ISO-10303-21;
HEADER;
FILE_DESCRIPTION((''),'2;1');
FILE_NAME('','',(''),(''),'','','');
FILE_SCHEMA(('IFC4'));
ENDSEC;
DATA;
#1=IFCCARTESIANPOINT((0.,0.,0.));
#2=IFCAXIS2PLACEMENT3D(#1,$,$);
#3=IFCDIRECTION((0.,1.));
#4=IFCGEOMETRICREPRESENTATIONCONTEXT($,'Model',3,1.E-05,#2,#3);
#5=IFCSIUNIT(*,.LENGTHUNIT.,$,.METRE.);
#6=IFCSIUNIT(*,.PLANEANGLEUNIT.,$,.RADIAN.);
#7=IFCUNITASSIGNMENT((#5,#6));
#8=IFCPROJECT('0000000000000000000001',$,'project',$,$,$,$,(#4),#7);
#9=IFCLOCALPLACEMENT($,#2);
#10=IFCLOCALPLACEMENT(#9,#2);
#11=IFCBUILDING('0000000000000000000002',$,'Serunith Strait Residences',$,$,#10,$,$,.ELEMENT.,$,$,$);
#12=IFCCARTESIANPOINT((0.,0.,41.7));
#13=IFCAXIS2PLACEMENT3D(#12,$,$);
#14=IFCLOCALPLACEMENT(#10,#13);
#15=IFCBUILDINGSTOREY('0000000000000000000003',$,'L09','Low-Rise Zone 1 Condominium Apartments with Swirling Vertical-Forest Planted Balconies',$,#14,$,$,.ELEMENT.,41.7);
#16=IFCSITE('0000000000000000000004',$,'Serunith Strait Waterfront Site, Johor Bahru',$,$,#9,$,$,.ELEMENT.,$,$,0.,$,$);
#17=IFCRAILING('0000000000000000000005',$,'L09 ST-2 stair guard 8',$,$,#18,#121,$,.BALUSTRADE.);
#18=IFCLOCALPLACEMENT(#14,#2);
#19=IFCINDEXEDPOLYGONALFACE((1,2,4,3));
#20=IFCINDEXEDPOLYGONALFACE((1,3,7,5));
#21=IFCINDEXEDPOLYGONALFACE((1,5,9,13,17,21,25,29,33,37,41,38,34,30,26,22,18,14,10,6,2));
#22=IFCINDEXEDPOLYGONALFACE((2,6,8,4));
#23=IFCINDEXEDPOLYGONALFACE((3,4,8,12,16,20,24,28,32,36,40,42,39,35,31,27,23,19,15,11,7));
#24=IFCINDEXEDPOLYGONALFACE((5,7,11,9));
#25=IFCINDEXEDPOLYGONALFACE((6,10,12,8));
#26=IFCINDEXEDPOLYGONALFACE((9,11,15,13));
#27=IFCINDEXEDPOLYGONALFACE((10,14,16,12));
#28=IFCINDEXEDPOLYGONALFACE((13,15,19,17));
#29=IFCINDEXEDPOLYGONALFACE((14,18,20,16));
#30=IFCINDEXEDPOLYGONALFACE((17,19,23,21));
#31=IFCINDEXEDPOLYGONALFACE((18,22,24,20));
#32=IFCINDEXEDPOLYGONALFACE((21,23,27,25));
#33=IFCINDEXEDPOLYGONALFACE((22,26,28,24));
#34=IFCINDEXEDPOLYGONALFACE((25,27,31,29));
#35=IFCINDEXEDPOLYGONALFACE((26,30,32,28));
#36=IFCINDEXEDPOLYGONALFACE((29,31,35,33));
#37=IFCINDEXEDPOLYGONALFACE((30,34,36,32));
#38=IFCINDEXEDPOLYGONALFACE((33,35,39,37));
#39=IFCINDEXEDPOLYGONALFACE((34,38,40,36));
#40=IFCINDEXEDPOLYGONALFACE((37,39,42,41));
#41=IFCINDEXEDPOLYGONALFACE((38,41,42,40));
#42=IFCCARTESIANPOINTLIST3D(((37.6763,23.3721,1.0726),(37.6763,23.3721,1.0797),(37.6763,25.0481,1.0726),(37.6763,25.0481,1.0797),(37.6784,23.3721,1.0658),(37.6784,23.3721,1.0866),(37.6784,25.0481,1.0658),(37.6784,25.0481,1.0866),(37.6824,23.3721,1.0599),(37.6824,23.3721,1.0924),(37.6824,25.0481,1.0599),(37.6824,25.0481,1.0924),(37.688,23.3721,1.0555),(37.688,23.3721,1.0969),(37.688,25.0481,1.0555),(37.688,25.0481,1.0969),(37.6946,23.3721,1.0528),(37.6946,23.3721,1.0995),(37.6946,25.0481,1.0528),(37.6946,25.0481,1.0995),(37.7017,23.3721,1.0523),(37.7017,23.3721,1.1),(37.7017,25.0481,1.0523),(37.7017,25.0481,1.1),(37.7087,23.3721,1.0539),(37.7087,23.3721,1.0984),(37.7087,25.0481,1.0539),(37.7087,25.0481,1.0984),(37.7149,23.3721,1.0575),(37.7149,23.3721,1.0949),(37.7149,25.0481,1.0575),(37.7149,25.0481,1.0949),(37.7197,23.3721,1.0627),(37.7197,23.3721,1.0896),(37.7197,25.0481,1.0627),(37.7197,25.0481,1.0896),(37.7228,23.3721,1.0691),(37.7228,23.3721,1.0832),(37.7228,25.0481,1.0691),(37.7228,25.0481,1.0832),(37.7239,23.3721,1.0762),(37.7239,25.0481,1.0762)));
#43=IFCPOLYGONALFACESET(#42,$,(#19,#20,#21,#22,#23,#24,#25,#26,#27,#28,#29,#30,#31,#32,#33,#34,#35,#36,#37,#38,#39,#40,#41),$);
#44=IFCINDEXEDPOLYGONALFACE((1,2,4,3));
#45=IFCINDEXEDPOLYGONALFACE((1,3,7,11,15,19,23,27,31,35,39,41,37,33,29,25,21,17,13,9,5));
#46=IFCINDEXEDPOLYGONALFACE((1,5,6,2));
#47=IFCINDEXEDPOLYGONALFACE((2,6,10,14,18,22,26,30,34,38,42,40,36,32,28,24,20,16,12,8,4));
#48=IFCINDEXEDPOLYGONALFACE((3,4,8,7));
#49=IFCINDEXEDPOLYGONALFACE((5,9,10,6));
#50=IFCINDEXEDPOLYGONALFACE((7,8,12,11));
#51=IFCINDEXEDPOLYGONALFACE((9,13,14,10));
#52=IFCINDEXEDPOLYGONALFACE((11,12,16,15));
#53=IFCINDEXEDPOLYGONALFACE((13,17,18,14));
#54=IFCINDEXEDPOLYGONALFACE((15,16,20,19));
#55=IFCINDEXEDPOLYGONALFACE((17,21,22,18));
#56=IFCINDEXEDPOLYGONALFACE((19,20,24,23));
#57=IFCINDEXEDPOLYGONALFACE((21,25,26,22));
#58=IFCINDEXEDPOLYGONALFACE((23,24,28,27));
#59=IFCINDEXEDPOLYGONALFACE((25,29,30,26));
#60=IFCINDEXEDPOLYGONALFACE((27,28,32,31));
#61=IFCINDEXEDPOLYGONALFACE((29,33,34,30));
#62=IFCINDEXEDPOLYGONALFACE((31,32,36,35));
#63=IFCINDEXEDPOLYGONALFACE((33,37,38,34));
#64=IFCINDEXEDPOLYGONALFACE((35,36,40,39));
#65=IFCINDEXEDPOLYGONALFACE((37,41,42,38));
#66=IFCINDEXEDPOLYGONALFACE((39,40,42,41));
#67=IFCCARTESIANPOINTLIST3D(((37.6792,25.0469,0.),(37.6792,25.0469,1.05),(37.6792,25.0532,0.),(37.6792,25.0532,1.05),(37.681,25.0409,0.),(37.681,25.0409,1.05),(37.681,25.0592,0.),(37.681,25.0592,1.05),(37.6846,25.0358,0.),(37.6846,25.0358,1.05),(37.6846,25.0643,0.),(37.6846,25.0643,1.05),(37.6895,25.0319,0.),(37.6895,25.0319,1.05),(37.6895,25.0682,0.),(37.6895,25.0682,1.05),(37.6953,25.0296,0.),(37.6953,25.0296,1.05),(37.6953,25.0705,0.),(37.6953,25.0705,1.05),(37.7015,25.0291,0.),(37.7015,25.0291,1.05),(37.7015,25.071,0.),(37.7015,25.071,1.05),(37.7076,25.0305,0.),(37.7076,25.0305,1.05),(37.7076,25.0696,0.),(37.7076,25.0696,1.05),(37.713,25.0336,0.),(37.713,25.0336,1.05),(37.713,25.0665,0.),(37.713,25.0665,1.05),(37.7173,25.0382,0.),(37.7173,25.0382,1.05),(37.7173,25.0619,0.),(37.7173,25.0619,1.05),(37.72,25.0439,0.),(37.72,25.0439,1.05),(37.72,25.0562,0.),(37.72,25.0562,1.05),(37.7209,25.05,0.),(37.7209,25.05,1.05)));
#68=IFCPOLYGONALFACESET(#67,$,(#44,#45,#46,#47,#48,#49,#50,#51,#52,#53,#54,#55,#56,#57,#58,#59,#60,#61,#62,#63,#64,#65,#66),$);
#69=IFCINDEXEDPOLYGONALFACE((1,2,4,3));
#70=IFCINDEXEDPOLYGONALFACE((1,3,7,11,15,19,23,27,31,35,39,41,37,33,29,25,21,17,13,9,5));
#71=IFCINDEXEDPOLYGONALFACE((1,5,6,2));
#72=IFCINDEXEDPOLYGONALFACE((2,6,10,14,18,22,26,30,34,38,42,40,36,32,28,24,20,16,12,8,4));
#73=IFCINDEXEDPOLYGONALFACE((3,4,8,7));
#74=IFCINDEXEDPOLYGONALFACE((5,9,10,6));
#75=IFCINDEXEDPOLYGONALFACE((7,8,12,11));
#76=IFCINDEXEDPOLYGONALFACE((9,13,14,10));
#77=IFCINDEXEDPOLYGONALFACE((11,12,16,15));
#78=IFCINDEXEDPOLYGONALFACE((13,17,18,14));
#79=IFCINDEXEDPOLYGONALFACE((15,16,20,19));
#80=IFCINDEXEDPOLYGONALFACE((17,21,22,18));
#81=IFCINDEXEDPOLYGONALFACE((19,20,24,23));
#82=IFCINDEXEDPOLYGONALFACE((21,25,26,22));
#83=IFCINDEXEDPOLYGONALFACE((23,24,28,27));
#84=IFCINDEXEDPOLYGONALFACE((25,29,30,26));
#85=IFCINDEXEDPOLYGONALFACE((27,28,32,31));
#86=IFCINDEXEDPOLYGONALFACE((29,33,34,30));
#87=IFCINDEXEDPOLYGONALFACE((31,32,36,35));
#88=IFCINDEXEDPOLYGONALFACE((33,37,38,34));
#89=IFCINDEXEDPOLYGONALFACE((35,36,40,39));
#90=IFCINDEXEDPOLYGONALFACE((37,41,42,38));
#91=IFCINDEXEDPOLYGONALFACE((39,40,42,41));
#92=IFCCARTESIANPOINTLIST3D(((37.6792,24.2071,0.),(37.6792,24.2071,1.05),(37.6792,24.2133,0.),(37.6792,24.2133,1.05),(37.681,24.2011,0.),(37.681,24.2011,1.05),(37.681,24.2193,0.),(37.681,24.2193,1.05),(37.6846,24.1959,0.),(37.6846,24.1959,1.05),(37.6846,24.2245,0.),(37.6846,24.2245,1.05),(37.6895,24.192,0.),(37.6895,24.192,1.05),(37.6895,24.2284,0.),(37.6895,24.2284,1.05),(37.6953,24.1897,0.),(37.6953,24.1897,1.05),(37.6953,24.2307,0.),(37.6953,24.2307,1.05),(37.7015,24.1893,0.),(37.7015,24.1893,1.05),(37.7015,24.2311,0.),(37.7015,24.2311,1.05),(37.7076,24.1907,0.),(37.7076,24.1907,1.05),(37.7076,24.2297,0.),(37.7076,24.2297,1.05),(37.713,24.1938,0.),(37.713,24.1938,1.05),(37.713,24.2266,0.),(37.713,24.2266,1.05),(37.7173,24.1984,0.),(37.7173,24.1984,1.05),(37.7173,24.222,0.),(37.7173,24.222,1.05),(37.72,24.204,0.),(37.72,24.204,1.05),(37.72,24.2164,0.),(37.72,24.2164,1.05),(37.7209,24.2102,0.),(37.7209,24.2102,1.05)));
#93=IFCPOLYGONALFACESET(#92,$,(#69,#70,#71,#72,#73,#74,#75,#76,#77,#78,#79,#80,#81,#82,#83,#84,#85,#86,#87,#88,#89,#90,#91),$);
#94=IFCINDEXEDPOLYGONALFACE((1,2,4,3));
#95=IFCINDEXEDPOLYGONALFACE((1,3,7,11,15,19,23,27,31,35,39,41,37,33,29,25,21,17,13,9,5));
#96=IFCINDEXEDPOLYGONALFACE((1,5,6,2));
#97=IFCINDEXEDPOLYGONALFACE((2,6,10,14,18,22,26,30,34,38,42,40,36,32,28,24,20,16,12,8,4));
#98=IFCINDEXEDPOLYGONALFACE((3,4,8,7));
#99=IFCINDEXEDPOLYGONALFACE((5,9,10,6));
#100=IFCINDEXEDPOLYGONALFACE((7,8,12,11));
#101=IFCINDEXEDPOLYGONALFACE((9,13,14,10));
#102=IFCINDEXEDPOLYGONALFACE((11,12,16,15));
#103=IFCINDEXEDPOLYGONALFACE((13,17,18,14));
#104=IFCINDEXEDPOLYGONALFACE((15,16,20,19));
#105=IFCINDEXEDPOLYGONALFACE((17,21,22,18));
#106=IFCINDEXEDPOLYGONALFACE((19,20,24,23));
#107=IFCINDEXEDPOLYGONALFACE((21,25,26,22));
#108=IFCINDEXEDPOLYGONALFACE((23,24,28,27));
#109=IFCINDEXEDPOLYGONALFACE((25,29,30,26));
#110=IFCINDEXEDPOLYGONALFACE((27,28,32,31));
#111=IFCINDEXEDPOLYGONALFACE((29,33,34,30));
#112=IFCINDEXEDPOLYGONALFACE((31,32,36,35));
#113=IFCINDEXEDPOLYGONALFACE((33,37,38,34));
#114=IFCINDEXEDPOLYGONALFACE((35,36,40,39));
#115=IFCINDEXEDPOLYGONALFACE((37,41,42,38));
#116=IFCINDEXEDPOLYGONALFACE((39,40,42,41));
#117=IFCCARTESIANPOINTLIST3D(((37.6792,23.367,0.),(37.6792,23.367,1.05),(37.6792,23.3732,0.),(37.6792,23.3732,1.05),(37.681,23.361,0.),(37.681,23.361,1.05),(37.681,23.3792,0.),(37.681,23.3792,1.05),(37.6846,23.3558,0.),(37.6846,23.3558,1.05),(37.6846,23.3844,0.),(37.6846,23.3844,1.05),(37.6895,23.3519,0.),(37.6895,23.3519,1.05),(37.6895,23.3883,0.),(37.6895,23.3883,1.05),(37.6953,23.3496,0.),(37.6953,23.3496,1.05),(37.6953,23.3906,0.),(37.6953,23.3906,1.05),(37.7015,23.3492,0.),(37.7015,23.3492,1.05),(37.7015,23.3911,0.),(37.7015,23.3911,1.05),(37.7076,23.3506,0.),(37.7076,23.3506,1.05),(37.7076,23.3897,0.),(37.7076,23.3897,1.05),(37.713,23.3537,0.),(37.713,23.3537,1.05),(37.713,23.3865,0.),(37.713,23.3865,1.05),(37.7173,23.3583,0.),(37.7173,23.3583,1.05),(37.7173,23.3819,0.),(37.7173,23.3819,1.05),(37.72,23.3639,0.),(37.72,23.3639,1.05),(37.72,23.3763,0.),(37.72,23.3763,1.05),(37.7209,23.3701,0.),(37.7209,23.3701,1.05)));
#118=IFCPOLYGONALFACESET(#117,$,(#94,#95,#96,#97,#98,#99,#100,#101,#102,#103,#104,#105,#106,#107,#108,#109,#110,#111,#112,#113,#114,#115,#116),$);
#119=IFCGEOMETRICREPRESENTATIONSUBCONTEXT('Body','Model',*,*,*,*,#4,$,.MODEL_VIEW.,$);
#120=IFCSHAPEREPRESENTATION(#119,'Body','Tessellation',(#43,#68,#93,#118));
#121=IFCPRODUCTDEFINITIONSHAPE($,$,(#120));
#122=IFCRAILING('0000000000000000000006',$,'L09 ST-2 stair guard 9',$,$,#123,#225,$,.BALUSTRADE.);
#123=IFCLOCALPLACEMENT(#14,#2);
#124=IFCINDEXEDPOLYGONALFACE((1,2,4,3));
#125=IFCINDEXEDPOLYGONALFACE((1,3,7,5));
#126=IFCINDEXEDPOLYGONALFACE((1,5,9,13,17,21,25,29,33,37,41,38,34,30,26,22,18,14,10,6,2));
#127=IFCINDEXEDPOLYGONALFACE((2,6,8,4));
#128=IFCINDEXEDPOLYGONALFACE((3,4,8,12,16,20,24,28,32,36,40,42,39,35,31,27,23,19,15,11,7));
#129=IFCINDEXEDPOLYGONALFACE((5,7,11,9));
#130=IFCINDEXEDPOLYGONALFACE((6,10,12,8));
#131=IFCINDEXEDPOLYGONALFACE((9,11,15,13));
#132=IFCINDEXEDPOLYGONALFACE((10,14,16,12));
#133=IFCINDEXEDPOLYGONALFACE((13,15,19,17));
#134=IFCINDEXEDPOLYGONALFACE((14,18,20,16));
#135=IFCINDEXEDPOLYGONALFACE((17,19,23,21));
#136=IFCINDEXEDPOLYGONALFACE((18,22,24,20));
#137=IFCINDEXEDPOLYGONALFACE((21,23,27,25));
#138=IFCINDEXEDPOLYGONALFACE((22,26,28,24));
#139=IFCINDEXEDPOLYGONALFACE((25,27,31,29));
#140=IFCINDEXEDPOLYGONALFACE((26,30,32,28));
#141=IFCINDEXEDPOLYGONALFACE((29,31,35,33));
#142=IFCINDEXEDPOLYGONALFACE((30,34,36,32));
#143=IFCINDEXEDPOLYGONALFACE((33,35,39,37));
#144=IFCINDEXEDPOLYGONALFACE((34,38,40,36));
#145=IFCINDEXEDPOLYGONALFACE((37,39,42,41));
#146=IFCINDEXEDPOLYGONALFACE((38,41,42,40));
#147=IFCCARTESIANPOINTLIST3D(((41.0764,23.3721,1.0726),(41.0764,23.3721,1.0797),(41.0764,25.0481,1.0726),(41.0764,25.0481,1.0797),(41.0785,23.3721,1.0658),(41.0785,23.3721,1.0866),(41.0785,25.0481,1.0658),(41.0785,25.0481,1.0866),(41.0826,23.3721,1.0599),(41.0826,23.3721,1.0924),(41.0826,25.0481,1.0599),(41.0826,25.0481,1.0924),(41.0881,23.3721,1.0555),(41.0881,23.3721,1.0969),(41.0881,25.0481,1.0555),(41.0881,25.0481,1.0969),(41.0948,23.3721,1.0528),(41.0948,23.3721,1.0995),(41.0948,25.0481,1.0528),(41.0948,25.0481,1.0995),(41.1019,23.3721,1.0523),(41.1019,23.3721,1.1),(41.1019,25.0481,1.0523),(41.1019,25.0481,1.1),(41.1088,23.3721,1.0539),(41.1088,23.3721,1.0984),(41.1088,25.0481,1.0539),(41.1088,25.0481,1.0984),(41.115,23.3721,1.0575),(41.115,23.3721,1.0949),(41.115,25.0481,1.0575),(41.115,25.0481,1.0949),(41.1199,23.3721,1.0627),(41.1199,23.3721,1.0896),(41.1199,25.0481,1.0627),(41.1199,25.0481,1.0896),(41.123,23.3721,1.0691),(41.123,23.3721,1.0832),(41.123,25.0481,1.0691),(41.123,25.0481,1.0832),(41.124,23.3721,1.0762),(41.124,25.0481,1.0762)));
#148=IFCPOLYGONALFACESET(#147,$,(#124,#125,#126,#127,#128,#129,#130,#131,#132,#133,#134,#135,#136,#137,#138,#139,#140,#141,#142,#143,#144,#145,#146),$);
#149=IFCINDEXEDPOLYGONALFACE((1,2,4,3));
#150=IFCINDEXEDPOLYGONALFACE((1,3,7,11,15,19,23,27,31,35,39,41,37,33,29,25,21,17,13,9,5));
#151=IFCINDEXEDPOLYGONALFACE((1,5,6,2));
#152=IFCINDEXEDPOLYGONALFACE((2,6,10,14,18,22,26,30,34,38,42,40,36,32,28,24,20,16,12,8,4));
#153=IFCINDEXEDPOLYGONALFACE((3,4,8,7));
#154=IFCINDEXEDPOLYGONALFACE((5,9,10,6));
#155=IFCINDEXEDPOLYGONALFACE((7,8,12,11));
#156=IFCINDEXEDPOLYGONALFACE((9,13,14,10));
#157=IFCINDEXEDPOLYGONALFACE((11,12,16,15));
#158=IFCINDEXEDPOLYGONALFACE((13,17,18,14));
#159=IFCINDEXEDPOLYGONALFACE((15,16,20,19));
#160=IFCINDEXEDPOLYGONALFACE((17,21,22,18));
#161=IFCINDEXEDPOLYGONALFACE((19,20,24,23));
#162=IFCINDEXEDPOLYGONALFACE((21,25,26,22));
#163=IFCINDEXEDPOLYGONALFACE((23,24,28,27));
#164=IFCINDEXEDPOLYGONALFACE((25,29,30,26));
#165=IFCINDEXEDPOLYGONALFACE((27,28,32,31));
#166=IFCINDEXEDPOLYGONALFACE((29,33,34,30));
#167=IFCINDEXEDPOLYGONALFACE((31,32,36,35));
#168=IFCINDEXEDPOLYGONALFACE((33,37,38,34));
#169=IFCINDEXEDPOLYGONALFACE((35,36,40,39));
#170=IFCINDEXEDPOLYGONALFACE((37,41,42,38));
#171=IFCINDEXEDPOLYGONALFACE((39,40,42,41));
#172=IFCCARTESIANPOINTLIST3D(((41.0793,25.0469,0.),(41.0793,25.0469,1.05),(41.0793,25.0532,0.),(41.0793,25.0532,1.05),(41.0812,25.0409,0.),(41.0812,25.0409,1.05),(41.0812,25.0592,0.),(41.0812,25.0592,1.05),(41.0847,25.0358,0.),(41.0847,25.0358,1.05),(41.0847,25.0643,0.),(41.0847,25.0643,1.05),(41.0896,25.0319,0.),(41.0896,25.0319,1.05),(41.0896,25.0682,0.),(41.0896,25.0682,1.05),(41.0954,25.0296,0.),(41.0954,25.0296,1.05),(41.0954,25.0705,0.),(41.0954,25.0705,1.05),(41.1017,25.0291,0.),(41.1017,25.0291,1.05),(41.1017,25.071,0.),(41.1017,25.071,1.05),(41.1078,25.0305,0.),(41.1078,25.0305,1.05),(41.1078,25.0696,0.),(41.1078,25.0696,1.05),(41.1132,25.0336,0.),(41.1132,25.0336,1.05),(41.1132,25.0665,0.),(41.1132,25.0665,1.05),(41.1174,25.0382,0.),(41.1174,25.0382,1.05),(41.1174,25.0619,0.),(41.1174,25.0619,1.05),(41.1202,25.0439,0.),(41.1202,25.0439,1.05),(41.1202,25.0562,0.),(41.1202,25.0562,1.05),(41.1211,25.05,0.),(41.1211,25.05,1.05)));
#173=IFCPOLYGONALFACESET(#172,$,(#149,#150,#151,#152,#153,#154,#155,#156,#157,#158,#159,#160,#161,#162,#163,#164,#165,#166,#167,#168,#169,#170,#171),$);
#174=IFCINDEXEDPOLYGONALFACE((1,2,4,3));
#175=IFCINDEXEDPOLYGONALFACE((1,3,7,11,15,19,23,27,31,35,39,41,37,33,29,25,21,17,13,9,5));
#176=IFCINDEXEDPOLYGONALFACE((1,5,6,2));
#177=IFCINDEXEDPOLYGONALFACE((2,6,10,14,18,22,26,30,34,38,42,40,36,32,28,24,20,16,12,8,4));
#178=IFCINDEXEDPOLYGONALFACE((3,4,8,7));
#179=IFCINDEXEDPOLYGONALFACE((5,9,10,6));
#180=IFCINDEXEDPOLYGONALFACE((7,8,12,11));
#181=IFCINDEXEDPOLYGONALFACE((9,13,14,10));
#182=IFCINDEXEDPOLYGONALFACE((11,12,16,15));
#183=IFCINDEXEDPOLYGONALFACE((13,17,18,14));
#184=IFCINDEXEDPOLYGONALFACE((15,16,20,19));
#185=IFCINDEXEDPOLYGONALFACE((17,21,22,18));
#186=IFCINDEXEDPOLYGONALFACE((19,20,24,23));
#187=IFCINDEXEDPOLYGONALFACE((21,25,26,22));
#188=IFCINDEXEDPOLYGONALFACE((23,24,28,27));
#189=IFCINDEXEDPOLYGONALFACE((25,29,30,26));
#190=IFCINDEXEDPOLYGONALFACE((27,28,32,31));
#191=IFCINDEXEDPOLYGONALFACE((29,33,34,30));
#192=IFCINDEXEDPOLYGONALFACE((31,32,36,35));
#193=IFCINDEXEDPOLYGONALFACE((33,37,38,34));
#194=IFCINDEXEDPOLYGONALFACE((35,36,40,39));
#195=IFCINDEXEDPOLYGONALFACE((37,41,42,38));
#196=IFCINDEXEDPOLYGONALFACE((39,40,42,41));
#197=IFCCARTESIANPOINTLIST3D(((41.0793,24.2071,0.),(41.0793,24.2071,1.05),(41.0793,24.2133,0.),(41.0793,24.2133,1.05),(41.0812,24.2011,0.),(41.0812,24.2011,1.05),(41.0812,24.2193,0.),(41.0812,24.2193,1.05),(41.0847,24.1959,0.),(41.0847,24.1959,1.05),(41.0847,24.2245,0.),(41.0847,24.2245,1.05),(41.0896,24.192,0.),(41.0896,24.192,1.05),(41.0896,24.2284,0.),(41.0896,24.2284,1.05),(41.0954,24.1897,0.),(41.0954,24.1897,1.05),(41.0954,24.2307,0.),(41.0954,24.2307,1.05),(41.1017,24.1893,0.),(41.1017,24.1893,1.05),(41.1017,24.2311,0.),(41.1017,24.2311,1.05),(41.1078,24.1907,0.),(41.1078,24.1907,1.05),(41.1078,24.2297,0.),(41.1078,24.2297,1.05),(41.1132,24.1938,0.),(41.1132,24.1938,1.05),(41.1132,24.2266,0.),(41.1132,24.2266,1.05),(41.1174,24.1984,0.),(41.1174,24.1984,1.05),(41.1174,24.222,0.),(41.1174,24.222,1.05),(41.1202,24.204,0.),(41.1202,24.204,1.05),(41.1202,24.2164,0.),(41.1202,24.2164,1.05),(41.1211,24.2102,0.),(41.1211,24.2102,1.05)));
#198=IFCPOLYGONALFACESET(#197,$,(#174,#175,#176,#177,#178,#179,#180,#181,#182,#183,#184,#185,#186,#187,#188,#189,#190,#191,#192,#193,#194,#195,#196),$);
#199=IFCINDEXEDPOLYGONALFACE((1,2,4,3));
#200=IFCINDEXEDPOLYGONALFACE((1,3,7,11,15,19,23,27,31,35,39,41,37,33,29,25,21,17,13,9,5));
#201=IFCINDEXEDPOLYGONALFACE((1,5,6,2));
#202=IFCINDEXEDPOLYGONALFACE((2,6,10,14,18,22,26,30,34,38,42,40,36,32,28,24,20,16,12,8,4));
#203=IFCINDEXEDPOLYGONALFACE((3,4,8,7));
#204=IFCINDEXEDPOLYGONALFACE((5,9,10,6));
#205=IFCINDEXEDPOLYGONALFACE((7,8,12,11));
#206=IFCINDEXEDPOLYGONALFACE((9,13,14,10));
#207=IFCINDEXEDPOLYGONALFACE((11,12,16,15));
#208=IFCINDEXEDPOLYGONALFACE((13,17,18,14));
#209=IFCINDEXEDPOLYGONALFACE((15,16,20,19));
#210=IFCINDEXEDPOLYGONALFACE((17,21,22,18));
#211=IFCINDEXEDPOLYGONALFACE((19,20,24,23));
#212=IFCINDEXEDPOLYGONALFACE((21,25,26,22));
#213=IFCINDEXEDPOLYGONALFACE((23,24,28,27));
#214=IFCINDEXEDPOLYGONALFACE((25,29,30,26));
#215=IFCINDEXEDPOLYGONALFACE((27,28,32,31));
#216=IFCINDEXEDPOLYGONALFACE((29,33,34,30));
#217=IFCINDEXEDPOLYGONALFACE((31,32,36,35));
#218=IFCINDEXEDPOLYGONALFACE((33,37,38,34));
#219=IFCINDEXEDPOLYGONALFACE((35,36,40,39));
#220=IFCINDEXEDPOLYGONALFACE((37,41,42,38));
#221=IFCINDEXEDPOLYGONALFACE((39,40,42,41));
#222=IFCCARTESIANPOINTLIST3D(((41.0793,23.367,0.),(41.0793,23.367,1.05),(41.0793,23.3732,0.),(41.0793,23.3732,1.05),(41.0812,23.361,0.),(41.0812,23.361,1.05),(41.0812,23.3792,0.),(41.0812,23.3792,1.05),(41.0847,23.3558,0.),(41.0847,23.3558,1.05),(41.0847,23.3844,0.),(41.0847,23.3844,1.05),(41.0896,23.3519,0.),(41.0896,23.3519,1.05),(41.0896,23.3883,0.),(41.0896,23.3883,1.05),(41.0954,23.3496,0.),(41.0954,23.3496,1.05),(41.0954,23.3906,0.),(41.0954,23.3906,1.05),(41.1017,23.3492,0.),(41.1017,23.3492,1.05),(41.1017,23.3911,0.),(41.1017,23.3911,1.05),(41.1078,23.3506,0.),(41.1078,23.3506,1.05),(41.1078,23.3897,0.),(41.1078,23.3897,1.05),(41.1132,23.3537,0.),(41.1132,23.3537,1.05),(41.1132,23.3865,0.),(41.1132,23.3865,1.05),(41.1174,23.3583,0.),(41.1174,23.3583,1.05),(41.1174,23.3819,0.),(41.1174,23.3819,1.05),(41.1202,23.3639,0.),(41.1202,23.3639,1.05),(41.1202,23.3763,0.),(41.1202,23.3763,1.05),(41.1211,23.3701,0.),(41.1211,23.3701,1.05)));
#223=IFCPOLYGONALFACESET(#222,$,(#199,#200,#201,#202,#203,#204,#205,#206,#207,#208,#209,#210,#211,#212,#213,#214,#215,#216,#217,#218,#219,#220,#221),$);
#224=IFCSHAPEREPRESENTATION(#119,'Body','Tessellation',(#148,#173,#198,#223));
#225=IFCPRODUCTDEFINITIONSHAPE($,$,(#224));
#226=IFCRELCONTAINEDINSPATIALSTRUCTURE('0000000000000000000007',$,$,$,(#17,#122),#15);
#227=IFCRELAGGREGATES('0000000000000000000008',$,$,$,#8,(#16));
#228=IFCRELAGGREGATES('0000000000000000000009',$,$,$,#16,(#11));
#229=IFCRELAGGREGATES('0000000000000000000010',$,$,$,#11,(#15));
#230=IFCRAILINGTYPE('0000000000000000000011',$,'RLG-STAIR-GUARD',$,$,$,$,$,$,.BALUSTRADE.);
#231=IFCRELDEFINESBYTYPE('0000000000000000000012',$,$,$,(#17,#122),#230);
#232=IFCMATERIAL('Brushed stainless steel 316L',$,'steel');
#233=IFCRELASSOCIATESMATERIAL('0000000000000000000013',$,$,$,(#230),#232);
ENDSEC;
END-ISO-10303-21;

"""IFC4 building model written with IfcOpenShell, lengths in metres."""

from ifc_helpers import new_model, si_unit, direction, frame, origin, origin_2d, place, context, subcontext, project, spatial, circle, extrude, material, type_object, element, save


model = new_model("IFC4")

# Units and contexts
model_context = context("Model", 3, precision=1e-05, world=origin(), true_north=direction((0.0, 1.0)))
body_context = subcontext(model_context, "Body", "Model", "MODEL_VIEW")
ifc_project = project(units=[si_unit("LENGTHUNIT", "METRE"), si_unit("PLANEANGLEUNIT", "RADIAN")], contexts=[model_context])

# Site, building, storey
site_placement = place(None, origin())
site = spatial("IfcSite", under=ifc_project, at=site_placement, Name="Serunith Strait Waterfront Site, Johor Bahru", CompositionType="ELEMENT", RefElevation=0.0)
building_placement = place(site_placement, origin())
building = spatial("IfcBuilding", under=site, at=building_placement, Name="Serunith Strait Residences", CompositionType="ELEMENT")
storey_placement = place(building_placement, frame((0.0, 0.0, 41.7)))
storey = spatial("IfcBuildingStorey", under=building, at=storey_placement, Name="L09", Description="Low-Rise Zone 1 Condominium Apartments with Swirling Vertical-Forest Planted Balconies", CompositionType="ELEMENT", Elevation=41.7)

# Railings
ifc_material_1 = material(Name="Brushed stainless steel 316L", Category="steel")
railing_type = type_object("IfcRailingType", Name="RLG-STAIR-GUARD", PredefinedType="BALUSTRADE", material=ifc_material_1)
for number, where, name in (
    (1, (37.7, 25.05, 0.0), "L09 ST-2 stair guard 8"),
    (2, (41.1001, 25.05, 0.0), "L09 ST-2 stair guard 9"),
):
    element("IfcRailing", number, at=place(storey_placement, frame(where)), inside=storey, type_object=railing_type, Name=name, PredefinedType="BALUSTRADE", context=body_context, shape_type="SweptSolid", body=[
        extrude(circle(Radius=0.0239, at=origin_2d()), frame((0.0, -0.002, 1.0762), z_axis=(0.0, -1.0, 0.0), x_axis=(1.0, 0.0, 0.0)), (0.0, 0.0, 1.0), 1.676),
        extrude(circle(Radius=0.021, at=origin_2d()), origin(), (0.0, 0.0, 1.0), 1.05),
        extrude(circle(Radius=0.021, at=origin_2d()), frame((0.0, -0.8398, 0.0)), (0.0, 0.0, 1.0), 1.05),
        extrude(circle(Radius=0.021, at=origin_2d()), frame((0.0, -1.6799, 0.0)), (0.0, 0.0, 1.0), 1.05),
    ])

save(model, "model.ifc")
